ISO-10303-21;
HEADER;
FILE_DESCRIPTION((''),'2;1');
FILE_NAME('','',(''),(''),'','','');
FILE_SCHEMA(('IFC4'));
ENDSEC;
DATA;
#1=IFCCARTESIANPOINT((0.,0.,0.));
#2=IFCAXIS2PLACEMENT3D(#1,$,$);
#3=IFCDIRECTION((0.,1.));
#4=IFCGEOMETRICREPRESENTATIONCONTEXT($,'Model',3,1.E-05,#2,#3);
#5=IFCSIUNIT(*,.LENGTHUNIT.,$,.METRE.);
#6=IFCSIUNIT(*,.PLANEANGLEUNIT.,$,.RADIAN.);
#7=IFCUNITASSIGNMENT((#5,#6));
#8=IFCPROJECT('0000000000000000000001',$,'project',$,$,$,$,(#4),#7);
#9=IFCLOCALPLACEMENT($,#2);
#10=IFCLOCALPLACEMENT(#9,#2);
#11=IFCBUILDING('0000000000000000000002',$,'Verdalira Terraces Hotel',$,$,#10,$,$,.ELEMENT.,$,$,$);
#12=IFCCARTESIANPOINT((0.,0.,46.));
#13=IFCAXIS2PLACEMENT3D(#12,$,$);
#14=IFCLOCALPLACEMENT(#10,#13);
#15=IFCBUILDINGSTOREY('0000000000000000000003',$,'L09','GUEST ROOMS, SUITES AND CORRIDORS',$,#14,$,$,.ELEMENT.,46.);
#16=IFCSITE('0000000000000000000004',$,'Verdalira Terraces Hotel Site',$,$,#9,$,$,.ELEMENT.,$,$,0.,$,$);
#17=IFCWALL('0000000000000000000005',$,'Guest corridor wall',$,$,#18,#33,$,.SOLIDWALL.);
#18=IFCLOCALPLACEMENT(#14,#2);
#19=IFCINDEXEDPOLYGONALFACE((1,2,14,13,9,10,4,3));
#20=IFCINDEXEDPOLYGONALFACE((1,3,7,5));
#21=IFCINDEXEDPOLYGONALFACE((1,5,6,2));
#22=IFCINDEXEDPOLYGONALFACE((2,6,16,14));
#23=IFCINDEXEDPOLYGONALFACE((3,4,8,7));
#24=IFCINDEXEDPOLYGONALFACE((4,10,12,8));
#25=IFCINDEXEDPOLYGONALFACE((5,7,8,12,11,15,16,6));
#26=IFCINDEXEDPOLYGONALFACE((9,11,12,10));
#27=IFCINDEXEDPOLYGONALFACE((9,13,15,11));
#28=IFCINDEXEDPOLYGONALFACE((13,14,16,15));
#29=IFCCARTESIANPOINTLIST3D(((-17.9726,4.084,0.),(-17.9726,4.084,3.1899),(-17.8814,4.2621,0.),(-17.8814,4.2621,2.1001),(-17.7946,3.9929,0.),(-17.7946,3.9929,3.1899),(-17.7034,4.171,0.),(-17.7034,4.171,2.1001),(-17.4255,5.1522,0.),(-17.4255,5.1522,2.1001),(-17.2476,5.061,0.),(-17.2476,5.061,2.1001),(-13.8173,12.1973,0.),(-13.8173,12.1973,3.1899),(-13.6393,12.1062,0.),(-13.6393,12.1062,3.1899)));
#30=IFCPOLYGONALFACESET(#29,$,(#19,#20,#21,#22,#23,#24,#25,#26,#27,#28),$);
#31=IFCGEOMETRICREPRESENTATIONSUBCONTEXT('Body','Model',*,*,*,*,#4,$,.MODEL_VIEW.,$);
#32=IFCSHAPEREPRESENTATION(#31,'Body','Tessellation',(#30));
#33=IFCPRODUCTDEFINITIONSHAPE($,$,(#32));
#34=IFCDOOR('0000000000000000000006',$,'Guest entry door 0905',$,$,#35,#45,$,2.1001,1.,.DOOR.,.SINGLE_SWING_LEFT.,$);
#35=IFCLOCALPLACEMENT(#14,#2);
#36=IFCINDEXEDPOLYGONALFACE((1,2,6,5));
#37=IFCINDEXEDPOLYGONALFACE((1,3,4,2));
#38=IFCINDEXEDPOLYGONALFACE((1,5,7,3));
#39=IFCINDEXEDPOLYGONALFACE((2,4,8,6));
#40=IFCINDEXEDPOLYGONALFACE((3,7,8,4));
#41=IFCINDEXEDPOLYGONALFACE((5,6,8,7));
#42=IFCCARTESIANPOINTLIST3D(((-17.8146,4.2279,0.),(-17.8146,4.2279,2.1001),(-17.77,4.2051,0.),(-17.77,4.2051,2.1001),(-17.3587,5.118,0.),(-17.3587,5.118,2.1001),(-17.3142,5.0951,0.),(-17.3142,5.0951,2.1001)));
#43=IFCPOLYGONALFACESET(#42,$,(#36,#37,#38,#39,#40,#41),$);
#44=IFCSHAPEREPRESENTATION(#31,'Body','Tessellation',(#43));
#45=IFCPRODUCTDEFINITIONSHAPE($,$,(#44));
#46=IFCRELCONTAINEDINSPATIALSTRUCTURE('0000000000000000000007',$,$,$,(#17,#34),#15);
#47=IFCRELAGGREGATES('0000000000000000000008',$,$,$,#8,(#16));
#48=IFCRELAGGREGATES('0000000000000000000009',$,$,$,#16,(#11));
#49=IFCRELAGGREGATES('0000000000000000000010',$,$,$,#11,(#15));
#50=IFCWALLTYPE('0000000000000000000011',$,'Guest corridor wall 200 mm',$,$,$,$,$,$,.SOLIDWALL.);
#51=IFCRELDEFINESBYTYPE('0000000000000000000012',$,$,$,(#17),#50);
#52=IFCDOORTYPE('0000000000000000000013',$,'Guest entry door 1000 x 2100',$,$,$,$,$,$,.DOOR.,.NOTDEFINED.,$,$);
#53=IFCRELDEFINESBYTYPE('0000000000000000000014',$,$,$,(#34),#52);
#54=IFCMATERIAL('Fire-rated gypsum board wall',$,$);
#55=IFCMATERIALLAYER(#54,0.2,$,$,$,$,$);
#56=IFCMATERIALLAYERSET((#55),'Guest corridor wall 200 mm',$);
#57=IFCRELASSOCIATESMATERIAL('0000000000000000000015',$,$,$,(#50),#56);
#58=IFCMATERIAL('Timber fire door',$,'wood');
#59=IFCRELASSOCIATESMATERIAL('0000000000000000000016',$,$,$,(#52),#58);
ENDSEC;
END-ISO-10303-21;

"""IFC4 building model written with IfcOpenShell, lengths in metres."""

from ifc_helpers import new_model, si_unit, direction, frame, frame_2d, origin, place, context, subcontext, project, spatial, rectangle, extrude, material, layer, layer_set, type_object, element, fill, save


model = new_model("IFC4")

# Units and contexts
model_context = context("Model", 3, precision=1e-05, world=origin(), true_north=direction((0.0, 1.0)))
body_context = subcontext(model_context, "Body", "Model", "MODEL_VIEW")
ifc_project = project(units=[si_unit("LENGTHUNIT", "METRE"), si_unit("PLANEANGLEUNIT", "RADIAN")], contexts=[model_context])

# Site, building, storey
site_placement = place(None, origin())
site = spatial("IfcSite", under=ifc_project, at=site_placement, Name="Verdalira Terraces Hotel Site", CompositionType="ELEMENT", RefElevation=0.0)
building_placement = place(site_placement, origin())
building = spatial("IfcBuilding", under=site, at=building_placement, Name="Verdalira Terraces Hotel", CompositionType="ELEMENT")
storey_placement = place(building_placement, frame((0.0, 0.0, 46.0)))
storey = spatial("IfcBuildingStorey", under=building, at=storey_placement, Name="L09", Description="GUEST ROOMS, SUITES AND CORRIDORS", CompositionType="ELEMENT", Elevation=46.0)

# Shared definitions
ifc_material_1 = material(Name="Fire-rated gypsum board wall")
ifc_layer_1 = layer(ifc_material_1, 0.2)
ifc_layer_set_1 = layer_set([ifc_layer_1], Name="Guest corridor wall 200 mm")
wall_type_1 = type_object("IfcWallType", Name="Guest corridor wall 200 mm", PredefinedType="SOLIDWALL", material=ifc_layer_set_1)

# Wall, opening, door
wall_1_placement = place(storey_placement, frame((-17.8835, 4.0386, 0.0), z_axis=(0.0, 0.0, 1.0), x_axis=(0.455849, 0.890057, 0.0)))
wall_1 = element("IfcWall", 1, at=wall_1_placement, inside=storey, type_object=wall_type_1, Name="Guest corridor wall", PredefinedType="SOLIDWALL", context=body_context, shape_type="SweptSolid", body=[
    extrude(rectangle(XDim=9.1155, YDim=0.2, at=frame_2d((4.5576, 0.0))), origin(), (0.0, 0.0, 1.0), 3.1899),
])
opening_1_placement = place(wall_1_placement, frame((0.2, 0.0, 0.0)))
opening_1 = element("IfcOpeningElement", 2, at=opening_1_placement, cuts=wall_1, PredefinedType="OPENING", context=body_context, shape_type="SweptSolid", body=[
    extrude(rectangle(XDim=1.0, YDim=2.1001, at=frame_2d((0.5, 1.05))), frame((0.0, 0.1099, 0.0), z_axis=(0.0, -1.0, 0.0), x_axis=(1.0, 0.0, 0.0)), (0.0, 0.0, 1.0), 0.22),
])
ifc_material_2 = material(Name="Timber fire door", Category="wood")
door_type_1 = type_object("IfcDoorType", Name="Guest entry door 1000 x 2100", OperationType="NOTDEFINED", PredefinedType="DOOR", material=ifc_material_2)
door_1_placement = place(opening_1_placement, origin())
door_1 = element("IfcDoor", 3, at=door_1_placement, inside=storey, type_object=door_type_1, Name="Guest entry door 0905", OperationType="SINGLE_SWING_LEFT", OverallHeight=2.1001, OverallWidth=1.0, PredefinedType="DOOR", context=body_context, shape_type="SweptSolid", body=[
    extrude(rectangle(XDim=1.0, YDim=2.1001, at=frame_2d((0.5, 1.05))), frame((0.0, 0.0249, 0.0), z_axis=(0.0, -1.0, 0.0), x_axis=(1.0, 0.0, 0.0)), (0.0, 0.0, 1.0), 0.05),
])
fill(opening_1, door_1)

save(model, "model.ifc")
